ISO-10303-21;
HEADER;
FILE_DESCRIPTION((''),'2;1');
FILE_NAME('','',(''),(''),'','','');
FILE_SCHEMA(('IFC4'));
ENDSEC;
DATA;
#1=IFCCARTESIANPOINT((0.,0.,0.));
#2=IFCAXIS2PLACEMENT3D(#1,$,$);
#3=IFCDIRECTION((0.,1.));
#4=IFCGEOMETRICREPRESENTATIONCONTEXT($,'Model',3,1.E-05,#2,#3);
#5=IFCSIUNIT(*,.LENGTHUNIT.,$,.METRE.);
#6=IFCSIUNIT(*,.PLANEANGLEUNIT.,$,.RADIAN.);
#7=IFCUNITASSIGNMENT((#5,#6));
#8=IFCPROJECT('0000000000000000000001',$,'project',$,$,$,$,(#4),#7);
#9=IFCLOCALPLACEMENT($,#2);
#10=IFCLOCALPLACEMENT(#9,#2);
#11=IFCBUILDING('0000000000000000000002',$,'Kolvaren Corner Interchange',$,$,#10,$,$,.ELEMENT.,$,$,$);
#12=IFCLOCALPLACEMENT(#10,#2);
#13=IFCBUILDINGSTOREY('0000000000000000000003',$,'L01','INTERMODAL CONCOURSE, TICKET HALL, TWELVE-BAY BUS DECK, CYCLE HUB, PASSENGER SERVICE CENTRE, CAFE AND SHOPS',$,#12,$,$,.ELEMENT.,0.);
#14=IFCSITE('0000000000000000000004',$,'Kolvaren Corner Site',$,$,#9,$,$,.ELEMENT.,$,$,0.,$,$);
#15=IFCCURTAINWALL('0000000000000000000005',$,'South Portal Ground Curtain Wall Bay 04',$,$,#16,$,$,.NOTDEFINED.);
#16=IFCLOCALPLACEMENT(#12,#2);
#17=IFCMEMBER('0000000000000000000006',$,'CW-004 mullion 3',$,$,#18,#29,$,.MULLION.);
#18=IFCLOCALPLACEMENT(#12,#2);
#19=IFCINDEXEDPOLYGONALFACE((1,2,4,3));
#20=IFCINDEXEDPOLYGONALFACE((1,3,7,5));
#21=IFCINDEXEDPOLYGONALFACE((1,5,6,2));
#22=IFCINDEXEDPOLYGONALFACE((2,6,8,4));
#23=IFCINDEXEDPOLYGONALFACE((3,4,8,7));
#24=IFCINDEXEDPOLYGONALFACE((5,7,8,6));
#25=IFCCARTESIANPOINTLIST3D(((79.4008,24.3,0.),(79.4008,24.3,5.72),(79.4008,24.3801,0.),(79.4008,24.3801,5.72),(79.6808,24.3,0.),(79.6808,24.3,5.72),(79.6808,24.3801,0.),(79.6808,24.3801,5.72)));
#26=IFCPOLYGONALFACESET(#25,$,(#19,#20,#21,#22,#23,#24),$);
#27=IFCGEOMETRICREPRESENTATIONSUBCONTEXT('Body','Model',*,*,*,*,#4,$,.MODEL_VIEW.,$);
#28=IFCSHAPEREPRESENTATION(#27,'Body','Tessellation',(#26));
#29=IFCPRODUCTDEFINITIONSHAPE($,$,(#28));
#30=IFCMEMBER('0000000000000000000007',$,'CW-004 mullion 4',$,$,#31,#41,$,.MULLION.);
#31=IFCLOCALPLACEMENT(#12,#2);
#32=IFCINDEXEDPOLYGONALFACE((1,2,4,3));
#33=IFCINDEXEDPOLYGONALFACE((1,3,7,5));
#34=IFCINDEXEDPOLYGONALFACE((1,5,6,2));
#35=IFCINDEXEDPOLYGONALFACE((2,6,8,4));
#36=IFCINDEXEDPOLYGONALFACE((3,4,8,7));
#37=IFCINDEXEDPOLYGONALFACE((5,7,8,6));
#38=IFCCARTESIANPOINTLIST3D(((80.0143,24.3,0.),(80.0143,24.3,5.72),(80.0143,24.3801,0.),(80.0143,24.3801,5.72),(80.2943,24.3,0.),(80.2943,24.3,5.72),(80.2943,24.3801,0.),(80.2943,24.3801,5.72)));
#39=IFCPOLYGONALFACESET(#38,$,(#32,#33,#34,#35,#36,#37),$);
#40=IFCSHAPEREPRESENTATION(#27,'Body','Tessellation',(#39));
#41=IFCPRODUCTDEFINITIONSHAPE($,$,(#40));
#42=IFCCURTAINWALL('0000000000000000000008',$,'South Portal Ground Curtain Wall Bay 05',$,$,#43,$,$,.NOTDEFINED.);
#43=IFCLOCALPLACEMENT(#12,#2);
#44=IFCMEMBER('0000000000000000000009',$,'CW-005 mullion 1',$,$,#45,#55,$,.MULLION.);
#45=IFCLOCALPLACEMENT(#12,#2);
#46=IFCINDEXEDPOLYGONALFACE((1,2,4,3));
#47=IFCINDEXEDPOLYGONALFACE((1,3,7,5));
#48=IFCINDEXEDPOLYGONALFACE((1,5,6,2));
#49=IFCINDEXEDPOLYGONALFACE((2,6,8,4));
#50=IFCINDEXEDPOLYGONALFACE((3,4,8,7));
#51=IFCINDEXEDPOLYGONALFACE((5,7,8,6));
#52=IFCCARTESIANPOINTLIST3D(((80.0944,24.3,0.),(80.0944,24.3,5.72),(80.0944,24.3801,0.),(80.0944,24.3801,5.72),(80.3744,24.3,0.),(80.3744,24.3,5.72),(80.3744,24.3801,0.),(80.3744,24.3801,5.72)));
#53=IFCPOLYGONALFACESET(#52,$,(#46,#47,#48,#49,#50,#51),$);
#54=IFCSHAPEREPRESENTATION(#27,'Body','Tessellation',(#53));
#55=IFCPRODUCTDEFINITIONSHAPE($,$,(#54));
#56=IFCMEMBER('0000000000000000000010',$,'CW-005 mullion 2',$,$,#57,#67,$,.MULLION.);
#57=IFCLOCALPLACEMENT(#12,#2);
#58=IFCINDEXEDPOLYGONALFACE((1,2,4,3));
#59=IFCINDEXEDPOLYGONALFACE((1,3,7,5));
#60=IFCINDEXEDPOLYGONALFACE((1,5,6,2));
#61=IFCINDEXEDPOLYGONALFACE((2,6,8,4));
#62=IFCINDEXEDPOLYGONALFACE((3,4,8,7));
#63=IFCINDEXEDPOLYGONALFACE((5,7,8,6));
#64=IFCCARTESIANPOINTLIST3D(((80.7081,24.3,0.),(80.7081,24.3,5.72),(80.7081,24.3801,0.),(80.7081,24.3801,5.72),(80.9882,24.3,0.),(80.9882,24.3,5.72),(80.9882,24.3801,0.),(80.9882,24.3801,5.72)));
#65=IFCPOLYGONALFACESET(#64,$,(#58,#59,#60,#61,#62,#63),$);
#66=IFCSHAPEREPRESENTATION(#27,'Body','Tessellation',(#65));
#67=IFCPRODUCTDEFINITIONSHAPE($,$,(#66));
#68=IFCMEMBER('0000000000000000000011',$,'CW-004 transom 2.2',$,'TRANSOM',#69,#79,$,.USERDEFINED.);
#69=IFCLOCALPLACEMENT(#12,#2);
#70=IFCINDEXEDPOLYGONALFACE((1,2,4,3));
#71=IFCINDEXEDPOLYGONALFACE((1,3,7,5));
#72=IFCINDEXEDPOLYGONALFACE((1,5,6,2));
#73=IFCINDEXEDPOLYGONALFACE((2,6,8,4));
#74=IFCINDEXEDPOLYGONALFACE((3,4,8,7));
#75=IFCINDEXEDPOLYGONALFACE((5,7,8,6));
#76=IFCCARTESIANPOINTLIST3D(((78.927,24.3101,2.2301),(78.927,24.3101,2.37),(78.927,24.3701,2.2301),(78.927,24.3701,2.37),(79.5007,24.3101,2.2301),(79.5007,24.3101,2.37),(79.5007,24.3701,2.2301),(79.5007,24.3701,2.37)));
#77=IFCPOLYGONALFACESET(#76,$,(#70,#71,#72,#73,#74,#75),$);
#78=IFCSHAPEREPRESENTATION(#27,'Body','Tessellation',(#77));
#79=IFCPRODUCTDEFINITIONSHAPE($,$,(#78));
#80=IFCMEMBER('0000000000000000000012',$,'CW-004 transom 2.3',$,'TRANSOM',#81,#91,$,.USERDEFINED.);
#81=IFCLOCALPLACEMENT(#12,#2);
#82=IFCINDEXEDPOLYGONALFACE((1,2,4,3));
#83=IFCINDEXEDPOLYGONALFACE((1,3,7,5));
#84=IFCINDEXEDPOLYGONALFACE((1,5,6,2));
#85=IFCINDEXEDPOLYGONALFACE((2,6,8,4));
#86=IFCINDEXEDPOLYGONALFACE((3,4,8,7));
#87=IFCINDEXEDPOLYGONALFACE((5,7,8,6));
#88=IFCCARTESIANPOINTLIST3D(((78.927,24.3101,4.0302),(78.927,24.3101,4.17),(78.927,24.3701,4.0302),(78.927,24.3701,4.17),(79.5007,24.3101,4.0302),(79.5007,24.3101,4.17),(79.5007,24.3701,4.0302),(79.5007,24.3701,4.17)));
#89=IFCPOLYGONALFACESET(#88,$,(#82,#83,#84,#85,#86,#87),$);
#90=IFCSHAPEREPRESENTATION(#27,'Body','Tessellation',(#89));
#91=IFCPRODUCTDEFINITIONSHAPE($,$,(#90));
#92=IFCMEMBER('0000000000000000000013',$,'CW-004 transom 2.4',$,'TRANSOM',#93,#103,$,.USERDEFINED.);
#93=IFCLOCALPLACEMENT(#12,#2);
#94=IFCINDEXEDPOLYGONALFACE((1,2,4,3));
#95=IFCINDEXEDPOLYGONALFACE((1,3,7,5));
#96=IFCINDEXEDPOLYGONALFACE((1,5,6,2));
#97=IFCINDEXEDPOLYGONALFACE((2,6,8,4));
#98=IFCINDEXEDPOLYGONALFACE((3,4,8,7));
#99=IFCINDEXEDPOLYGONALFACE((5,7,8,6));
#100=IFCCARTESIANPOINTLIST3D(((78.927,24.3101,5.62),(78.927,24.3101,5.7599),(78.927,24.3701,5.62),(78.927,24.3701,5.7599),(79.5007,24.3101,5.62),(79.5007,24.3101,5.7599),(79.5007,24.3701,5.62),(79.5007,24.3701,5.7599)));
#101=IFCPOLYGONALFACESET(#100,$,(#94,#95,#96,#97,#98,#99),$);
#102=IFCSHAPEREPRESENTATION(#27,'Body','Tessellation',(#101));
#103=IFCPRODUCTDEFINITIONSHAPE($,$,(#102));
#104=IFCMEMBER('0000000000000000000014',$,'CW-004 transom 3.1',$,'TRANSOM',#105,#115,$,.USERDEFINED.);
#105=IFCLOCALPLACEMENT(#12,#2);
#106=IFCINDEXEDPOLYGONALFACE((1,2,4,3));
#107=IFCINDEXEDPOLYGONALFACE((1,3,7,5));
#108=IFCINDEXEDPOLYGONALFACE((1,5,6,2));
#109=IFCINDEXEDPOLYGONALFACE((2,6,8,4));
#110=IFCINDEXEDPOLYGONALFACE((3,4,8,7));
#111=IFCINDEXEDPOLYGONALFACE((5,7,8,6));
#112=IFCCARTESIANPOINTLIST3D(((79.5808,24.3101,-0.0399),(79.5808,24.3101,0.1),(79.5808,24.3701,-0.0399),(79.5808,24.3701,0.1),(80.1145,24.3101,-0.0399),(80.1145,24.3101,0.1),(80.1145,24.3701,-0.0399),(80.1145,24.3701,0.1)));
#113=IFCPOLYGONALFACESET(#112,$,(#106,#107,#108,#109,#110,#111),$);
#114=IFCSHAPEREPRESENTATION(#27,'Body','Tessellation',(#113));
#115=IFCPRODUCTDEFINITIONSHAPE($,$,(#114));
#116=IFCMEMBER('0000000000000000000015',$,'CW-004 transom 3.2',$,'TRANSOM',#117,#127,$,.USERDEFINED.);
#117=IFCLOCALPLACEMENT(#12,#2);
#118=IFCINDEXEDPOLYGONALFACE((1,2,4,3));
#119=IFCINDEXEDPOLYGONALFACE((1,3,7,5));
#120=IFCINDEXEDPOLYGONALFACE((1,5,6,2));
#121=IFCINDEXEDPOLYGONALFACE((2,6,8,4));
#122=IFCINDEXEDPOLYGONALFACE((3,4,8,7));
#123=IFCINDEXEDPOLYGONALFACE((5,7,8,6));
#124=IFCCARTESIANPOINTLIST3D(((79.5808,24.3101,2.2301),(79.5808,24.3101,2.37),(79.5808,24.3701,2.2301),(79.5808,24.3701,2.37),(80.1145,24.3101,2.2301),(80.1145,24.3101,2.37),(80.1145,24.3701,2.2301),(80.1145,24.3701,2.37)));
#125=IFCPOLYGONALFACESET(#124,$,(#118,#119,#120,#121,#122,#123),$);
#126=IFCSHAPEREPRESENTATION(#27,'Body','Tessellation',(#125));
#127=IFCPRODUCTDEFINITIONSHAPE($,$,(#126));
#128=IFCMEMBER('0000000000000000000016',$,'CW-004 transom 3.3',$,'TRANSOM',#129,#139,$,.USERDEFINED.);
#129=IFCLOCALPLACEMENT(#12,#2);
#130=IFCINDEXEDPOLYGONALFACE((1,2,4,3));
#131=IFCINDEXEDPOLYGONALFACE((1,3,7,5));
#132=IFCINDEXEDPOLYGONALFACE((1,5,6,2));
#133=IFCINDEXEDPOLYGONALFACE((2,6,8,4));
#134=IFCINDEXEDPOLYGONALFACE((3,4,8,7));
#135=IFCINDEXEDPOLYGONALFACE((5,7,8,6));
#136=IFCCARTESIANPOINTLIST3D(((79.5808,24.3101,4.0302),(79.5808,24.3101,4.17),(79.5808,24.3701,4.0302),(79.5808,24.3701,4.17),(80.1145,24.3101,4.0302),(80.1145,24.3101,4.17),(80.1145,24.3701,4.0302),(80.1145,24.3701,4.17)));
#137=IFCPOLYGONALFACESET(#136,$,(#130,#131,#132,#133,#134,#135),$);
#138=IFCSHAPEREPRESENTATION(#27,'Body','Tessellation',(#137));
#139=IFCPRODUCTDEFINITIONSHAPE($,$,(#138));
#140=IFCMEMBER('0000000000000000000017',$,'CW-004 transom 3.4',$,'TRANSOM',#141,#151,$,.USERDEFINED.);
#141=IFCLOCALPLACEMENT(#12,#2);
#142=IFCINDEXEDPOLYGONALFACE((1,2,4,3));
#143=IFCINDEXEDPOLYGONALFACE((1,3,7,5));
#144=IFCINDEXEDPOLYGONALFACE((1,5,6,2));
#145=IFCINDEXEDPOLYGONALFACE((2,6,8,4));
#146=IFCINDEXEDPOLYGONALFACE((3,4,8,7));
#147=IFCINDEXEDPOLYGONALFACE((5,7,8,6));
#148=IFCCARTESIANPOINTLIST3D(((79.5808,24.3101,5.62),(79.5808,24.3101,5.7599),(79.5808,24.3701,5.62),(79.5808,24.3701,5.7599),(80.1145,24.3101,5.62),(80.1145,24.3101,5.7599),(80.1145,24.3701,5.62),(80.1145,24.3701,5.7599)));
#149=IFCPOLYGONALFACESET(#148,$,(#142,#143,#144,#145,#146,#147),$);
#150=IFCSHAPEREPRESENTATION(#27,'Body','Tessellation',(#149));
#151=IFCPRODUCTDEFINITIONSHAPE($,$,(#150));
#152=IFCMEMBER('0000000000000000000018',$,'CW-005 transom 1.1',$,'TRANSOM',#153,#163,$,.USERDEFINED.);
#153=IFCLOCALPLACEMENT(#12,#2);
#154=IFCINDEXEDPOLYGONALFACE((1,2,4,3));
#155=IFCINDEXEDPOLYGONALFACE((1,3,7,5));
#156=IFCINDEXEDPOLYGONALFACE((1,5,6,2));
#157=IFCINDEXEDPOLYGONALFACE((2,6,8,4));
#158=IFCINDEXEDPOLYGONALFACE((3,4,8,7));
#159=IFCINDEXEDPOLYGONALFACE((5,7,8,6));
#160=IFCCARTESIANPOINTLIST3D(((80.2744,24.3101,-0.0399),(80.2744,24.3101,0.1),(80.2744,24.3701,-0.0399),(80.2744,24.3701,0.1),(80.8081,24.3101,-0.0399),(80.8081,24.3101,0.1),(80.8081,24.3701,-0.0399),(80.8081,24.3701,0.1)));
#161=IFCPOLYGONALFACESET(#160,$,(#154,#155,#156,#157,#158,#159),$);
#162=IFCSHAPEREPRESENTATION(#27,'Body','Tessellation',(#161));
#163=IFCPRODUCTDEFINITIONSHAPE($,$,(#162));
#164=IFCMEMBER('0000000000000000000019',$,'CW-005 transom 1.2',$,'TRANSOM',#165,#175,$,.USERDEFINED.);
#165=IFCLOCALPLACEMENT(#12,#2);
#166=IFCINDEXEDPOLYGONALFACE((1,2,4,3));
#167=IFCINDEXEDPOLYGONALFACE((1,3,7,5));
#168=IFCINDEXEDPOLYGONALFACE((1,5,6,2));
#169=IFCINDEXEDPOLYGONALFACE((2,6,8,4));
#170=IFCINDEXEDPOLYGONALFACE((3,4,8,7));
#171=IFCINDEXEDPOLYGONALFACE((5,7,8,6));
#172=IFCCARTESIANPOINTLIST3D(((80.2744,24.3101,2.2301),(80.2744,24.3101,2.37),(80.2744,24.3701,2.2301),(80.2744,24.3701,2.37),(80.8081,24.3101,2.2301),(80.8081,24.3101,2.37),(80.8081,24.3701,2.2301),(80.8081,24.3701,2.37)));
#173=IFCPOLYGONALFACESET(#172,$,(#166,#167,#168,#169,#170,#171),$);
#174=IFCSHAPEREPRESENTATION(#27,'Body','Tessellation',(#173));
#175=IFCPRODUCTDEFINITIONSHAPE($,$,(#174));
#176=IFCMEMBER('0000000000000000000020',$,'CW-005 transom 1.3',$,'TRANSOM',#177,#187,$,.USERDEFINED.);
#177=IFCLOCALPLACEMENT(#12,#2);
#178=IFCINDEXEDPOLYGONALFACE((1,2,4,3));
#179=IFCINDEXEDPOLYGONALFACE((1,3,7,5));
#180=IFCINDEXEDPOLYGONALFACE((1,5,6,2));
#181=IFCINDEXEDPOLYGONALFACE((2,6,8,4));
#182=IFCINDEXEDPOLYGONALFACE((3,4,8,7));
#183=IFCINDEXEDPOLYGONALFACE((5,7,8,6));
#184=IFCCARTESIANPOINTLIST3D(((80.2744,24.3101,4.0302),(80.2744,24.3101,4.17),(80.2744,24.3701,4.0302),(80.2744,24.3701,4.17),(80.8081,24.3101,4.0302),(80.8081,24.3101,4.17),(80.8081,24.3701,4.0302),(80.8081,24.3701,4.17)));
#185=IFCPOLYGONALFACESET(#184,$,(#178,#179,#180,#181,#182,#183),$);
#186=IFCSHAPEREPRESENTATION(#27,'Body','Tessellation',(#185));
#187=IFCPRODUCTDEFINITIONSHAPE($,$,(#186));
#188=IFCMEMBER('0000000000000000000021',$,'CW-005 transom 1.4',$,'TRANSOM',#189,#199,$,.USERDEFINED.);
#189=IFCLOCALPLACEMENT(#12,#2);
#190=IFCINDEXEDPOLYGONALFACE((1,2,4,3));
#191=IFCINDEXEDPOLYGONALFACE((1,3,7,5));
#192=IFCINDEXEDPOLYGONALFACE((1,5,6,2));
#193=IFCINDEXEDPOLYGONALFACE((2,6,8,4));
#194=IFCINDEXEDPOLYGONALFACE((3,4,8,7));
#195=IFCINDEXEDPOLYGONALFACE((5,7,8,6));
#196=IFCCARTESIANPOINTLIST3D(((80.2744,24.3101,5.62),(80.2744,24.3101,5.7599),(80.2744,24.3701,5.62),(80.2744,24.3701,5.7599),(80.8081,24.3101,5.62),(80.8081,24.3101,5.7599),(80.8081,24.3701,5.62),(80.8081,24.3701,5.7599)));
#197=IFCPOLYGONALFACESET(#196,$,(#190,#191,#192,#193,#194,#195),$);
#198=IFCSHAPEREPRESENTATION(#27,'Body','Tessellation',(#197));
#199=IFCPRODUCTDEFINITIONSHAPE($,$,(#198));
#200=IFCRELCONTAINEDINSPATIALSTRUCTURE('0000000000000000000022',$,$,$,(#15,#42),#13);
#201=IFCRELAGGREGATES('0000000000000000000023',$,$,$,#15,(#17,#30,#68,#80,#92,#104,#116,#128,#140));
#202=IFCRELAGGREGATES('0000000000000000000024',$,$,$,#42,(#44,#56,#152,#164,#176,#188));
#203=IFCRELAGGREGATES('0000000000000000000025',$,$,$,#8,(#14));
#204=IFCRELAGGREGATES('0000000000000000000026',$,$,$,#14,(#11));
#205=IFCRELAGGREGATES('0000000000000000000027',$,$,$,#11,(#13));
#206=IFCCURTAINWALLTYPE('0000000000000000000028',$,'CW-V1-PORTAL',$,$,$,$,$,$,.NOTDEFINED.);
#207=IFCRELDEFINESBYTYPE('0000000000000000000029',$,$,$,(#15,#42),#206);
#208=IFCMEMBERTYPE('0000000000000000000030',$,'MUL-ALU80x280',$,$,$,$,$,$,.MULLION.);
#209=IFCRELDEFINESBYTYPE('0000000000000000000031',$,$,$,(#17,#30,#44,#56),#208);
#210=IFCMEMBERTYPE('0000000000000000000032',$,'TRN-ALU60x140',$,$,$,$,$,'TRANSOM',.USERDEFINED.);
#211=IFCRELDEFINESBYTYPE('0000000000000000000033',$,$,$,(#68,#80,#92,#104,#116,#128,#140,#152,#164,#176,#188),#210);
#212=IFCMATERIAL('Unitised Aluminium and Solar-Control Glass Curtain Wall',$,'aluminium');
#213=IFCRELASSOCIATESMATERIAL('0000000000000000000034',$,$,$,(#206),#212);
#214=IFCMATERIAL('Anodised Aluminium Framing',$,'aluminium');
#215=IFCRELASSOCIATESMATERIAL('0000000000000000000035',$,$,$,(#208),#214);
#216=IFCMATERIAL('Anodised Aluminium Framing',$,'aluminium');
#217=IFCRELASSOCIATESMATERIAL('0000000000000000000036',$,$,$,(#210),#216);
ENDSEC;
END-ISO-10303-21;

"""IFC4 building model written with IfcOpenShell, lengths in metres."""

from ifc_helpers import new_model, si_unit, direction, frame, origin, origin_2d, place, context, subcontext, project, spatial, rectangle, extrude, material, material_profile, profile_set, type_object, element, aggregate, save


model = new_model("IFC4")

# Units and contexts
model_context = context("Model", 3, precision=1e-05, world=origin(), true_north=direction((0.0, 1.0)))
body_context = subcontext(model_context, "Body", "Model", "MODEL_VIEW")
ifc_project = project(units=[si_unit("LENGTHUNIT", "METRE"), si_unit("PLANEANGLEUNIT", "RADIAN")], contexts=[model_context])

# Site, building, storey
site_placement = place(None, origin())
site = spatial("IfcSite", under=ifc_project, at=site_placement, Name="Kolvaren Corner Site", CompositionType="ELEMENT", RefElevation=0.0)
building_placement = place(site_placement, origin())
building = spatial("IfcBuilding", under=site, at=building_placement, Name="Kolvaren Corner Interchange", CompositionType="ELEMENT")
storey_placement = place(building_placement, origin())
storey = spatial("IfcBuildingStorey", under=building, at=storey_placement, Name="L01", Description="INTERMODAL CONCOURSE, TICKET HALL, TWELVE-BAY BUS DECK, CYCLE HUB, PASSENGER SERVICE CENTRE, CAFE AND SHOPS", CompositionType="ELEMENT", Elevation=0.0)

# Curtain walls, members
ifc_material_1 = material(Name="Unitised Aluminium and Solar-Control Glass Curtain Wall", Category="aluminium")
curtain_wall_type = type_object("IfcCurtainWallType", Name="CW-V1-PORTAL", PredefinedType="NOTDEFINED", material=ifc_material_1)
curtain_wall_1_placement = place(storey_placement, origin())
curtain_wall_1 = element("IfcCurtainWall", 1, at=curtain_wall_1_placement, inside=storey, type_object=curtain_wall_type, Name="South Portal Ground Curtain Wall Bay 04", PredefinedType="NOTDEFINED")
ifc_material_2 = material(Name="Anodised Aluminium Framing", Category="aluminium")
ifc_material_profile_1 = material_profile(ifc_material_2, rectangle(XDim=0.0801, YDim=0.28, at=origin_2d()), Name="ALU 80x280")
ifc_profile_set_1 = profile_set([ifc_material_profile_1], Name="Anodised Aluminium Framing")
member_type_1 = type_object("IfcMemberType", Name="MUL-ALU80x280", PredefinedType="MULLION", material=ifc_profile_set_1)
member_1_placement = place(storey_placement, frame((79.5408, 24.3401, 0.0), z_axis=(0.0, 0.0, 1.0), x_axis=(0.0, 1.0, 0.0)))
member_1 = element("IfcMember", 2, at=member_1_placement, type_object=member_type_1, Name="CW-004 mullion 3", PredefinedType="MULLION", context=body_context, shape_type="SweptSolid", body=[
    extrude(rectangle(XDim=0.0801, YDim=0.28, at=origin_2d()), origin(), (0.0, 0.0, 1.0), 5.72),
])
member_2_placement = place(storey_placement, frame((80.1543, 24.3401, 0.0), z_axis=(0.0, 0.0, 1.0), x_axis=(0.0, 1.0, 0.0)))
member_2 = element("IfcMember", 3, at=member_2_placement, type_object=member_type_1, Name="CW-004 mullion 4", PredefinedType="MULLION", context=body_context, shape_type="SweptSolid", body=[
    extrude(rectangle(XDim=0.0801, YDim=0.28, at=origin_2d()), origin(), (0.0, 0.0, 1.0), 5.72),
])
curtain_wall_2_placement = place(storey_placement, origin())
curtain_wall_2 = element("IfcCurtainWall", 4, at=curtain_wall_2_placement, inside=storey, type_object=curtain_wall_type, Name="South Portal Ground Curtain Wall Bay 05", PredefinedType="NOTDEFINED")
member_3_placement = place(storey_placement, frame((80.2344, 24.3401, 0.0), z_axis=(0.0, 0.0, 1.0), x_axis=(0.0, 1.0, 0.0)))
member_3 = element("IfcMember", 5, at=member_3_placement, type_object=member_type_1, Name="CW-005 mullion 1", PredefinedType="MULLION", context=body_context, shape_type="SweptSolid", body=[
    extrude(rectangle(XDim=0.0801, YDim=0.28, at=origin_2d()), origin(), (0.0, 0.0, 1.0), 5.72),
])
member_4_placement = place(storey_placement, frame((80.8481, 24.3401, 0.0), z_axis=(0.0, 0.0, 1.0), x_axis=(0.0, 1.0, 0.0)))
member_4 = element("IfcMember", 6, at=member_4_placement, type_object=member_type_1, Name="CW-005 mullion 2", PredefinedType="MULLION", context=body_context, shape_type="SweptSolid", body=[
    extrude(rectangle(XDim=0.0801, YDim=0.28, at=origin_2d()), origin(), (0.0, 0.0, 1.0), 5.72),
])

# Members
ifc_material_3 = material(Name="Anodised Aluminium Framing", Category="aluminium")
ifc_material_profile_2 = material_profile(ifc_material_3, rectangle(XDim=0.0601, YDim=0.1399, at=origin_2d()), Name="ALU 60x140")
ifc_profile_set_2 = profile_set([ifc_material_profile_2], Name="Anodised Aluminium Framing")
member_type_2 = type_object("IfcMemberType", Name="TRN-ALU60x140", ElementType="TRANSOM", PredefinedType="USERDEFINED", material=ifc_profile_set_2)
member_5_placement = place(storey_placement, frame((78.927, 24.3401, 2.3), z_axis=(1.0, 0.0, 0.0), x_axis=(0.0, 1.0, 0.0)))
member_5 = element("IfcMember", 7, at=member_5_placement, type_object=member_type_2, Name="CW-004 transom 2.2", ObjectType="TRANSOM", PredefinedType="USERDEFINED", context=body_context, shape_type="SweptSolid", body=[
    extrude(rectangle(XDim=0.0601, YDim=0.1399, at=origin_2d()), origin(), (0.0, 0.0, 1.0), 0.5737),
])
member_6_placement = place(storey_placement, frame((78.927, 24.3401, 4.1001), z_axis=(1.0, 0.0, 0.0), x_axis=(0.0, 1.0, 0.0)))
member_6 = element("IfcMember", 8, at=member_6_placement, type_object=member_type_2, Name="CW-004 transom 2.3", ObjectType="TRANSOM", PredefinedType="USERDEFINED", context=body_context, shape_type="SweptSolid", body=[
    extrude(rectangle(XDim=0.0601, YDim=0.1399, at=origin_2d()), origin(), (0.0, 0.0, 1.0), 0.5737),
])
member_7_placement = place(storey_placement, frame((78.927, 24.3401, 5.6899), z_axis=(1.0, 0.0, 0.0), x_axis=(0.0, 1.0, 0.0)))
member_7 = element("IfcMember", 9, at=member_7_placement, type_object=member_type_2, Name="CW-004 transom 2.4", ObjectType="TRANSOM", PredefinedType="USERDEFINED", context=body_context, shape_type="SweptSolid", body=[
    extrude(rectangle(XDim=0.0601, YDim=0.1399, at=origin_2d()), origin(), (0.0, 0.0, 1.0), 0.5737),
])
member_8_placement = place(storey_placement, frame((79.5808, 24.3401, 0.03), z_axis=(1.0, 0.0, 0.0), x_axis=(0.0, 1.0, 0.0)))
member_8 = element("IfcMember", 10, at=member_8_placement, type_object=member_type_2, Name="CW-004 transom 3.1", ObjectType="TRANSOM", PredefinedType="USERDEFINED", context=body_context, shape_type="SweptSolid", body=[
    extrude(rectangle(XDim=0.0601, YDim=0.1399, at=origin_2d()), origin(), (0.0, 0.0, 1.0), 0.5337),
])
member_9_placement = place(storey_placement, frame((79.5808, 24.3401, 2.3), z_axis=(1.0, 0.0, 0.0), x_axis=(0.0, 1.0, 0.0)))
member_9 = element("IfcMember", 11, at=member_9_placement, type_object=member_type_2, Name="CW-004 transom 3.2", ObjectType="TRANSOM", PredefinedType="USERDEFINED", context=body_context, shape_type="SweptSolid", body=[
    extrude(rectangle(XDim=0.0601, YDim=0.1399, at=origin_2d()), origin(), (0.0, 0.0, 1.0), 0.5337),
])
member_10_placement = place(storey_placement, frame((79.5808, 24.3401, 4.1001), z_axis=(1.0, 0.0, 0.0), x_axis=(0.0, 1.0, 0.0)))
member_10 = element("IfcMember", 12, at=member_10_placement, type_object=member_type_2, Name="CW-004 transom 3.3", ObjectType="TRANSOM", PredefinedType="USERDEFINED", context=body_context, shape_type="SweptSolid", body=[
    extrude(rectangle(XDim=0.0601, YDim=0.1399, at=origin_2d()), origin(), (0.0, 0.0, 1.0), 0.5337),
])
member_11_placement = place(storey_placement, frame((79.5808, 24.3401, 5.6899), z_axis=(1.0, 0.0, 0.0), x_axis=(0.0, 1.0, 0.0)))
member_11 = element("IfcMember", 13, at=member_11_placement, type_object=member_type_2, Name="CW-004 transom 3.4", ObjectType="TRANSOM", PredefinedType="USERDEFINED", context=body_context, shape_type="SweptSolid", body=[
    extrude(rectangle(XDim=0.0601, YDim=0.1399, at=origin_2d()), origin(), (0.0, 0.0, 1.0), 0.5337),
])
member_12_placement = place(storey_placement, frame((80.2744, 24.3401, 0.03), z_axis=(1.0, 0.0, 0.0), x_axis=(0.0, 1.0, 0.0)))
member_12 = element("IfcMember", 14, at=member_12_placement, type_object=member_type_2, Name="CW-005 transom 1.1", ObjectType="TRANSOM", PredefinedType="USERDEFINED", context=body_context, shape_type="SweptSolid", body=[
    extrude(rectangle(XDim=0.0601, YDim=0.1399, at=origin_2d()), origin(), (0.0, 0.0, 1.0), 0.5337),
])
member_13_placement = place(storey_placement, frame((80.2744, 24.3401, 2.3), z_axis=(1.0, 0.0, 0.0), x_axis=(0.0, 1.0, 0.0)))
member_13 = element("IfcMember", 15, at=member_13_placement, type_object=member_type_2, Name="CW-005 transom 1.2", ObjectType="TRANSOM", PredefinedType="USERDEFINED", context=body_context, shape_type="SweptSolid", body=[
    extrude(rectangle(XDim=0.0601, YDim=0.1399, at=origin_2d()), origin(), (0.0, 0.0, 1.0), 0.5337),
])
member_14_placement = place(storey_placement, frame((80.2744, 24.3401, 4.1001), z_axis=(1.0, 0.0, 0.0), x_axis=(0.0, 1.0, 0.0)))
member_14 = element("IfcMember", 16, at=member_14_placement, type_object=member_type_2, Name="CW-005 transom 1.3", ObjectType="TRANSOM", PredefinedType="USERDEFINED", context=body_context, shape_type="SweptSolid", body=[
    extrude(rectangle(XDim=0.0601, YDim=0.1399, at=origin_2d()), origin(), (0.0, 0.0, 1.0), 0.5337),
])
member_15_placement = place(storey_placement, frame((80.2744, 24.3401, 5.6899), z_axis=(1.0, 0.0, 0.0), x_axis=(0.0, 1.0, 0.0)))
member_15 = element("IfcMember", 17, at=member_15_placement, type_object=member_type_2, Name="CW-005 transom 1.4", ObjectType="TRANSOM", PredefinedType="USERDEFINED", context=body_context, shape_type="SweptSolid", body=[
    extrude(rectangle(XDim=0.0601, YDim=0.1399, at=origin_2d()), origin(), (0.0, 0.0, 1.0), 0.5337),
])

aggregate(curtain_wall_1, [member_1, member_2, member_5, member_6, member_7, member_8, member_9, member_10, member_11])
aggregate(curtain_wall_2, [member_3, member_4, member_12, member_13, member_14, member_15])

save(model, "model.ifc")
